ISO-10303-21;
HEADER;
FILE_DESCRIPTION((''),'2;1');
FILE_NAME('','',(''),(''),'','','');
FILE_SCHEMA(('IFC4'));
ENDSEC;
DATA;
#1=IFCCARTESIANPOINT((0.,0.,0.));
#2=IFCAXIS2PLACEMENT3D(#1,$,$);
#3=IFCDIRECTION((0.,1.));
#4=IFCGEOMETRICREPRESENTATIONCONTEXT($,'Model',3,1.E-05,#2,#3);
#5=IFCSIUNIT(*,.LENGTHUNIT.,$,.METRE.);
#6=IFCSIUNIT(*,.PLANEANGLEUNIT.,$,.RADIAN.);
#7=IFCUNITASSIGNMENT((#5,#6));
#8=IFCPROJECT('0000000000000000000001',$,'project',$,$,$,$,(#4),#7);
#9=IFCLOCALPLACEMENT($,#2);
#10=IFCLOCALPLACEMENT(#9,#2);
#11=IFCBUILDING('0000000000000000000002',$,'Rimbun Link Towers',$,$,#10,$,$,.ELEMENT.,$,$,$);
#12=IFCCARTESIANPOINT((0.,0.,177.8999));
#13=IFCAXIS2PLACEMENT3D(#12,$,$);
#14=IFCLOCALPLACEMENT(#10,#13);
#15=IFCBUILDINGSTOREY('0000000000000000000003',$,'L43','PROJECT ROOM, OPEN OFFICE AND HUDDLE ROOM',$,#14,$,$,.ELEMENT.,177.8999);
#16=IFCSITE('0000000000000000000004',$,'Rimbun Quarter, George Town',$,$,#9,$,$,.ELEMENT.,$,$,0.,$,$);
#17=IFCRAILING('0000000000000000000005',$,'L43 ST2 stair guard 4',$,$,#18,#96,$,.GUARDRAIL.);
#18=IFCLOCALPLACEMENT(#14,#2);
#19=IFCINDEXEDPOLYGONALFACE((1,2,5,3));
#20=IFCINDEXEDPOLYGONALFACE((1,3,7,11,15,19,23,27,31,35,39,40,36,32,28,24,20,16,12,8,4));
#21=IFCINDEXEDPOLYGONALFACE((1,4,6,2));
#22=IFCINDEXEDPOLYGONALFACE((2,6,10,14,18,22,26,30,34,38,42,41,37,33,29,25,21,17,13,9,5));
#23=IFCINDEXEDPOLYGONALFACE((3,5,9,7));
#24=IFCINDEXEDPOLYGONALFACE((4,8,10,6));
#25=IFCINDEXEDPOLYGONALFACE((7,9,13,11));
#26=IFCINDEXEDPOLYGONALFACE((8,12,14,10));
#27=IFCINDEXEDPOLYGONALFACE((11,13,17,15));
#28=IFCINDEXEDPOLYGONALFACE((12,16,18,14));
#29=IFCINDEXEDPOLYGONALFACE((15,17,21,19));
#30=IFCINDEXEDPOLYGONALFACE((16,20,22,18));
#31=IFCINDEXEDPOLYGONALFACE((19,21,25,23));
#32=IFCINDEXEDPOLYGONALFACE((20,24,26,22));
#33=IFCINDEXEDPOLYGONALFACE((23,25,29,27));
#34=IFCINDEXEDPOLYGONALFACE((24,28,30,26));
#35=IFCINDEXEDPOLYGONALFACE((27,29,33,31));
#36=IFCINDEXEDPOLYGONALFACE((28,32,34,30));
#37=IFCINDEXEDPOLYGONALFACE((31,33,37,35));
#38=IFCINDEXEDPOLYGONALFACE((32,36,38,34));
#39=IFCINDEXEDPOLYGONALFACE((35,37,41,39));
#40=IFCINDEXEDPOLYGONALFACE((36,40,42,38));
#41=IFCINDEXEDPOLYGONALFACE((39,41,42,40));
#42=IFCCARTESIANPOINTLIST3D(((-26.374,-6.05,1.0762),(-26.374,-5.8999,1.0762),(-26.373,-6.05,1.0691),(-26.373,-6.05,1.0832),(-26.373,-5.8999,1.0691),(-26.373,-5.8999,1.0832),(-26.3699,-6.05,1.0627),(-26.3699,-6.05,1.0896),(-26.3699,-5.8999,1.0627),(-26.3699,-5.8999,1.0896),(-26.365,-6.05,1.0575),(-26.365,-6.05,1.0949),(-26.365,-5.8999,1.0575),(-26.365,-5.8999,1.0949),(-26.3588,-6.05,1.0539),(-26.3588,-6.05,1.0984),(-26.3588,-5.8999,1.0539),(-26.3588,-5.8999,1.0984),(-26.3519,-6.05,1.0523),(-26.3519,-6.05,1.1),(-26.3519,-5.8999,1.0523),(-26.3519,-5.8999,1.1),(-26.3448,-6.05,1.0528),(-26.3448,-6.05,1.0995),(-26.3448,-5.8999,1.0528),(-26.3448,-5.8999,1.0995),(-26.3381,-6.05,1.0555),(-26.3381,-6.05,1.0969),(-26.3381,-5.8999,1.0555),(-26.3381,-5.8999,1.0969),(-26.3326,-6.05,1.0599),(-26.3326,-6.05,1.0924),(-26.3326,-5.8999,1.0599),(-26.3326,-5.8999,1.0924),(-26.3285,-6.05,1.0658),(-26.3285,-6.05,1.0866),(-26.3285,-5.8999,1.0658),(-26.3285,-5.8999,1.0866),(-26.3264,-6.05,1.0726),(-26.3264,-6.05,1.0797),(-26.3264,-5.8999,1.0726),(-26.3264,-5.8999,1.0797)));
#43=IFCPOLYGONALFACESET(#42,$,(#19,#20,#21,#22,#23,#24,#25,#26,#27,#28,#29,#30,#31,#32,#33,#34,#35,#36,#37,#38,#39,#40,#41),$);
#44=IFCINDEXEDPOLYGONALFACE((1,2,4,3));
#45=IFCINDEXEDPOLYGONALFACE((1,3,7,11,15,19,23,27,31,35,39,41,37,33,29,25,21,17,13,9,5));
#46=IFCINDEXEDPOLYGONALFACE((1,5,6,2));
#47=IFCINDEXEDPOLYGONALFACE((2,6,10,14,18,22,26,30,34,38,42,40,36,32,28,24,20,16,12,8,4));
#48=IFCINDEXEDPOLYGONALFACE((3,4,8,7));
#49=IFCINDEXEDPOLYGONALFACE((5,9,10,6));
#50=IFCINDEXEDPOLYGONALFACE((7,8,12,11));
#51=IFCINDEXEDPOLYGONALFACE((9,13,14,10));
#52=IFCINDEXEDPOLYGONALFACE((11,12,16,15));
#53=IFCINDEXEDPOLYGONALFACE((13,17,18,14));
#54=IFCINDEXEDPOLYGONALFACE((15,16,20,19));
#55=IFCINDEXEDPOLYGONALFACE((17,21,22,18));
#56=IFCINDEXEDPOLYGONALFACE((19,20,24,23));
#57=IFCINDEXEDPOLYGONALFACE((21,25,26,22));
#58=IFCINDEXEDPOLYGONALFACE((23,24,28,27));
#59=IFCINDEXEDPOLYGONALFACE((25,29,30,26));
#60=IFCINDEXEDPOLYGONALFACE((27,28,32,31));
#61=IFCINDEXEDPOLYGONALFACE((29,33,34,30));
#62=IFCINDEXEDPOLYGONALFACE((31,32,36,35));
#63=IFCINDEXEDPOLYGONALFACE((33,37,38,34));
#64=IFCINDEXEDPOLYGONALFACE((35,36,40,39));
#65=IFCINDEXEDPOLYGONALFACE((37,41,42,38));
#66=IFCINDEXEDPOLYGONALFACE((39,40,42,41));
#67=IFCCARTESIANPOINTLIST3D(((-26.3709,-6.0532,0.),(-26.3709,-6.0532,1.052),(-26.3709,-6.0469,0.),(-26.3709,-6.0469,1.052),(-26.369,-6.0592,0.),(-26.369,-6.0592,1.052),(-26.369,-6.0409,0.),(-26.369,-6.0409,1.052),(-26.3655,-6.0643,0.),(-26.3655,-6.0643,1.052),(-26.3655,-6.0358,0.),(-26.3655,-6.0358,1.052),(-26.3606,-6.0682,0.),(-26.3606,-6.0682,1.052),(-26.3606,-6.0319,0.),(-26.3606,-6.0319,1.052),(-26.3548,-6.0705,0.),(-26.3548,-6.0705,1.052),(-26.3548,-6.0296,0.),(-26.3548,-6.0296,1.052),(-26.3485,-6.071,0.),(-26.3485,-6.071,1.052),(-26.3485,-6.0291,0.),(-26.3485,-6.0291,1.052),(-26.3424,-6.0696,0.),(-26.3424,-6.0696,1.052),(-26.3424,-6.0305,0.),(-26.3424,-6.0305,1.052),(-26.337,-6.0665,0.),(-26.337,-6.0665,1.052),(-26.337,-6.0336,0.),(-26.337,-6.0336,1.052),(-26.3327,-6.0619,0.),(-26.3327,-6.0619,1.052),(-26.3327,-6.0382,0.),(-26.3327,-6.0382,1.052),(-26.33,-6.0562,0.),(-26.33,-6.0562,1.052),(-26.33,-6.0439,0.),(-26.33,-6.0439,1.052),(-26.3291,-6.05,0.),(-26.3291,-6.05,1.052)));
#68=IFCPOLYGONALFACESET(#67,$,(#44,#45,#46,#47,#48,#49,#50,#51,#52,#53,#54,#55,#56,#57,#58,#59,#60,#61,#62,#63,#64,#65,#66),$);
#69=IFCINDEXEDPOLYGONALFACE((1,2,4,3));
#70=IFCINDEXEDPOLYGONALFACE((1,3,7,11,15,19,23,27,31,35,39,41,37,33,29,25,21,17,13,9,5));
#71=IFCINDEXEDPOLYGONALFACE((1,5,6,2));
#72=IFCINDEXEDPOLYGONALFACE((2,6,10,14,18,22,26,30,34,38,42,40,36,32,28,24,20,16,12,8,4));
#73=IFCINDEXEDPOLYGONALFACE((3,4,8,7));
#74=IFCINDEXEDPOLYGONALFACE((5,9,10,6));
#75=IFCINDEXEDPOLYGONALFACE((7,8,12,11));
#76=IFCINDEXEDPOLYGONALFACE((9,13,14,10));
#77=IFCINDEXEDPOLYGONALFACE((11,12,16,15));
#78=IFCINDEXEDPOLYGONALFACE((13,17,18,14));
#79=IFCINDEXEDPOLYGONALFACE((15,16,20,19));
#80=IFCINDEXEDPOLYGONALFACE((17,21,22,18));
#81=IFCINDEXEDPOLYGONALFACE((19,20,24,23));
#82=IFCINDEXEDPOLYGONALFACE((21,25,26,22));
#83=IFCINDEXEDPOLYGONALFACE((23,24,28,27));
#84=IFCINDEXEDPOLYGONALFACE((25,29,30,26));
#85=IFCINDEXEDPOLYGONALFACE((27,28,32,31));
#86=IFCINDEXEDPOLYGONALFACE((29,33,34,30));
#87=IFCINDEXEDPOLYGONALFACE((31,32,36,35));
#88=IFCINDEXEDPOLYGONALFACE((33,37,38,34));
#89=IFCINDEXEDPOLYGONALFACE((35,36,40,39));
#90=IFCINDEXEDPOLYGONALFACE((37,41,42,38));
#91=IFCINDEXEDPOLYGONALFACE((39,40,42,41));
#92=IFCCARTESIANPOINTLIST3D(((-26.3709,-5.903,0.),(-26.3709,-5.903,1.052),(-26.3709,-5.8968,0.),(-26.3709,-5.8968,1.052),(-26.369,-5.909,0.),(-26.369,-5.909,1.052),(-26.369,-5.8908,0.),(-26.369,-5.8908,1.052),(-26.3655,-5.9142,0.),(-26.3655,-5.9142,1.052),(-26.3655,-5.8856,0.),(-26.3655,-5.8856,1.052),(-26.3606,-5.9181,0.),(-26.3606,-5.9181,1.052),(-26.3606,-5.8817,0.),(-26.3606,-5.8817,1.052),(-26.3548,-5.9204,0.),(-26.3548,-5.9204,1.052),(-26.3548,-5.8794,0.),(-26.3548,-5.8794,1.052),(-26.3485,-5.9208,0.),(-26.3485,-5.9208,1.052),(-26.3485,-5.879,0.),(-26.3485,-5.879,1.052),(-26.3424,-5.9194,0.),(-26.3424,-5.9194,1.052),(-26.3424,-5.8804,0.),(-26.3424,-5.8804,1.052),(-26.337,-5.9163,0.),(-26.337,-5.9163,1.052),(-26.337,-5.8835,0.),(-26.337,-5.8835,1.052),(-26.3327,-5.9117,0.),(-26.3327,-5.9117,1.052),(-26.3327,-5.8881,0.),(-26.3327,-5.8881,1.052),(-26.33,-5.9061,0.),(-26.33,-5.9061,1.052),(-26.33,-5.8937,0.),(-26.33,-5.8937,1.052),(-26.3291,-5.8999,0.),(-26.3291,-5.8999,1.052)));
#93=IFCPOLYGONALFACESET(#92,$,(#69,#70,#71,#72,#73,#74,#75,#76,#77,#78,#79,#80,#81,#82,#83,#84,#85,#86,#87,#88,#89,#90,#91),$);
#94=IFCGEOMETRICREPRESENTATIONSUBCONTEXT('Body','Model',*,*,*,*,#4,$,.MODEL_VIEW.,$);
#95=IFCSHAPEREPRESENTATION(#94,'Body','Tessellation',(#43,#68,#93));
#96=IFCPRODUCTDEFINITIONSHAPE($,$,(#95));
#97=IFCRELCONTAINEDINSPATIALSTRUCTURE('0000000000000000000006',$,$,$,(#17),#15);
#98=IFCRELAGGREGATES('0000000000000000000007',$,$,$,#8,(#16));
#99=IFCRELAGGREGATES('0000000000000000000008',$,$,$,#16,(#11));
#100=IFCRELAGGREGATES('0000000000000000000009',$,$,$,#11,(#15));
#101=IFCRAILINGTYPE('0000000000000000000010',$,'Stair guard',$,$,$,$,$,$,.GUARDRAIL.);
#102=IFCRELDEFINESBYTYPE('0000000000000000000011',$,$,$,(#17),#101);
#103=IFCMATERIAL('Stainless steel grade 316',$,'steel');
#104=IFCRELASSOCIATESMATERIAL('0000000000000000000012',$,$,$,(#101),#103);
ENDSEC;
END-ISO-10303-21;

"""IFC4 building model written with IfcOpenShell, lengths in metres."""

from ifc_helpers import new_model, si_unit, direction, frame, origin, origin_2d, place, context, subcontext, project, spatial, circle, extrude, material, type_object, element, save


model = new_model("IFC4")

# Units and contexts
model_context = context("Model", 3, precision=1e-05, world=origin(), true_north=direction((0.0, 1.0)))
body_context = subcontext(model_context, "Body", "Model", "MODEL_VIEW")
ifc_project = project(units=[si_unit("LENGTHUNIT", "METRE"), si_unit("PLANEANGLEUNIT", "RADIAN")], contexts=[model_context])

# Site, building, storey
site_placement = place(None, origin())
site = spatial("IfcSite", under=ifc_project, at=site_placement, Name="Rimbun Quarter, George Town", CompositionType="ELEMENT", RefElevation=0.0)
building_placement = place(site_placement, origin())
building = spatial("IfcBuilding", under=site, at=building_placement, Name="Rimbun Link Towers", CompositionType="ELEMENT")
storey_placement = place(building_placement, frame((0.0, 0.0, 177.8999)))
storey = spatial("IfcBuildingStorey", under=building, at=storey_placement, Name="L43", Description="PROJECT ROOM, OPEN OFFICE AND HUDDLE ROOM", CompositionType="ELEMENT", Elevation=177.8999)

# Railing
ifc_material_1 = material(Name="Stainless steel grade 316", Category="steel")
railing_type_1 = type_object("IfcRailingType", Name="Stair guard", PredefinedType="GUARDRAIL", material=ifc_material_1)
railing_1_placement = place(storey_placement, frame((-26.3501, -6.05, 0.0)))
element("IfcRailing", 1, at=railing_1_placement, inside=storey, type_object=railing_type_1, Name="L43 ST2 stair guard 4", PredefinedType="GUARDRAIL", context=body_context, shape_type="SweptSolid", body=[
    extrude(circle(Radius=0.0239, at=origin_2d()), frame((0.0, 0.0, 1.0762), z_axis=(0.0, 1.0, 0.0), x_axis=(-1.0, 0.0, 0.0)), (0.0, 0.0, 1.0), 0.1501),
    extrude(circle(Radius=0.021, at=origin_2d()), origin(), (0.0, 0.0, 1.0), 1.052),
    extrude(circle(Radius=0.021, at=origin_2d()), frame((0.0, 0.1501, 0.0)), (0.0, 0.0, 1.0), 1.052),
])

save(model, "model.ifc")
